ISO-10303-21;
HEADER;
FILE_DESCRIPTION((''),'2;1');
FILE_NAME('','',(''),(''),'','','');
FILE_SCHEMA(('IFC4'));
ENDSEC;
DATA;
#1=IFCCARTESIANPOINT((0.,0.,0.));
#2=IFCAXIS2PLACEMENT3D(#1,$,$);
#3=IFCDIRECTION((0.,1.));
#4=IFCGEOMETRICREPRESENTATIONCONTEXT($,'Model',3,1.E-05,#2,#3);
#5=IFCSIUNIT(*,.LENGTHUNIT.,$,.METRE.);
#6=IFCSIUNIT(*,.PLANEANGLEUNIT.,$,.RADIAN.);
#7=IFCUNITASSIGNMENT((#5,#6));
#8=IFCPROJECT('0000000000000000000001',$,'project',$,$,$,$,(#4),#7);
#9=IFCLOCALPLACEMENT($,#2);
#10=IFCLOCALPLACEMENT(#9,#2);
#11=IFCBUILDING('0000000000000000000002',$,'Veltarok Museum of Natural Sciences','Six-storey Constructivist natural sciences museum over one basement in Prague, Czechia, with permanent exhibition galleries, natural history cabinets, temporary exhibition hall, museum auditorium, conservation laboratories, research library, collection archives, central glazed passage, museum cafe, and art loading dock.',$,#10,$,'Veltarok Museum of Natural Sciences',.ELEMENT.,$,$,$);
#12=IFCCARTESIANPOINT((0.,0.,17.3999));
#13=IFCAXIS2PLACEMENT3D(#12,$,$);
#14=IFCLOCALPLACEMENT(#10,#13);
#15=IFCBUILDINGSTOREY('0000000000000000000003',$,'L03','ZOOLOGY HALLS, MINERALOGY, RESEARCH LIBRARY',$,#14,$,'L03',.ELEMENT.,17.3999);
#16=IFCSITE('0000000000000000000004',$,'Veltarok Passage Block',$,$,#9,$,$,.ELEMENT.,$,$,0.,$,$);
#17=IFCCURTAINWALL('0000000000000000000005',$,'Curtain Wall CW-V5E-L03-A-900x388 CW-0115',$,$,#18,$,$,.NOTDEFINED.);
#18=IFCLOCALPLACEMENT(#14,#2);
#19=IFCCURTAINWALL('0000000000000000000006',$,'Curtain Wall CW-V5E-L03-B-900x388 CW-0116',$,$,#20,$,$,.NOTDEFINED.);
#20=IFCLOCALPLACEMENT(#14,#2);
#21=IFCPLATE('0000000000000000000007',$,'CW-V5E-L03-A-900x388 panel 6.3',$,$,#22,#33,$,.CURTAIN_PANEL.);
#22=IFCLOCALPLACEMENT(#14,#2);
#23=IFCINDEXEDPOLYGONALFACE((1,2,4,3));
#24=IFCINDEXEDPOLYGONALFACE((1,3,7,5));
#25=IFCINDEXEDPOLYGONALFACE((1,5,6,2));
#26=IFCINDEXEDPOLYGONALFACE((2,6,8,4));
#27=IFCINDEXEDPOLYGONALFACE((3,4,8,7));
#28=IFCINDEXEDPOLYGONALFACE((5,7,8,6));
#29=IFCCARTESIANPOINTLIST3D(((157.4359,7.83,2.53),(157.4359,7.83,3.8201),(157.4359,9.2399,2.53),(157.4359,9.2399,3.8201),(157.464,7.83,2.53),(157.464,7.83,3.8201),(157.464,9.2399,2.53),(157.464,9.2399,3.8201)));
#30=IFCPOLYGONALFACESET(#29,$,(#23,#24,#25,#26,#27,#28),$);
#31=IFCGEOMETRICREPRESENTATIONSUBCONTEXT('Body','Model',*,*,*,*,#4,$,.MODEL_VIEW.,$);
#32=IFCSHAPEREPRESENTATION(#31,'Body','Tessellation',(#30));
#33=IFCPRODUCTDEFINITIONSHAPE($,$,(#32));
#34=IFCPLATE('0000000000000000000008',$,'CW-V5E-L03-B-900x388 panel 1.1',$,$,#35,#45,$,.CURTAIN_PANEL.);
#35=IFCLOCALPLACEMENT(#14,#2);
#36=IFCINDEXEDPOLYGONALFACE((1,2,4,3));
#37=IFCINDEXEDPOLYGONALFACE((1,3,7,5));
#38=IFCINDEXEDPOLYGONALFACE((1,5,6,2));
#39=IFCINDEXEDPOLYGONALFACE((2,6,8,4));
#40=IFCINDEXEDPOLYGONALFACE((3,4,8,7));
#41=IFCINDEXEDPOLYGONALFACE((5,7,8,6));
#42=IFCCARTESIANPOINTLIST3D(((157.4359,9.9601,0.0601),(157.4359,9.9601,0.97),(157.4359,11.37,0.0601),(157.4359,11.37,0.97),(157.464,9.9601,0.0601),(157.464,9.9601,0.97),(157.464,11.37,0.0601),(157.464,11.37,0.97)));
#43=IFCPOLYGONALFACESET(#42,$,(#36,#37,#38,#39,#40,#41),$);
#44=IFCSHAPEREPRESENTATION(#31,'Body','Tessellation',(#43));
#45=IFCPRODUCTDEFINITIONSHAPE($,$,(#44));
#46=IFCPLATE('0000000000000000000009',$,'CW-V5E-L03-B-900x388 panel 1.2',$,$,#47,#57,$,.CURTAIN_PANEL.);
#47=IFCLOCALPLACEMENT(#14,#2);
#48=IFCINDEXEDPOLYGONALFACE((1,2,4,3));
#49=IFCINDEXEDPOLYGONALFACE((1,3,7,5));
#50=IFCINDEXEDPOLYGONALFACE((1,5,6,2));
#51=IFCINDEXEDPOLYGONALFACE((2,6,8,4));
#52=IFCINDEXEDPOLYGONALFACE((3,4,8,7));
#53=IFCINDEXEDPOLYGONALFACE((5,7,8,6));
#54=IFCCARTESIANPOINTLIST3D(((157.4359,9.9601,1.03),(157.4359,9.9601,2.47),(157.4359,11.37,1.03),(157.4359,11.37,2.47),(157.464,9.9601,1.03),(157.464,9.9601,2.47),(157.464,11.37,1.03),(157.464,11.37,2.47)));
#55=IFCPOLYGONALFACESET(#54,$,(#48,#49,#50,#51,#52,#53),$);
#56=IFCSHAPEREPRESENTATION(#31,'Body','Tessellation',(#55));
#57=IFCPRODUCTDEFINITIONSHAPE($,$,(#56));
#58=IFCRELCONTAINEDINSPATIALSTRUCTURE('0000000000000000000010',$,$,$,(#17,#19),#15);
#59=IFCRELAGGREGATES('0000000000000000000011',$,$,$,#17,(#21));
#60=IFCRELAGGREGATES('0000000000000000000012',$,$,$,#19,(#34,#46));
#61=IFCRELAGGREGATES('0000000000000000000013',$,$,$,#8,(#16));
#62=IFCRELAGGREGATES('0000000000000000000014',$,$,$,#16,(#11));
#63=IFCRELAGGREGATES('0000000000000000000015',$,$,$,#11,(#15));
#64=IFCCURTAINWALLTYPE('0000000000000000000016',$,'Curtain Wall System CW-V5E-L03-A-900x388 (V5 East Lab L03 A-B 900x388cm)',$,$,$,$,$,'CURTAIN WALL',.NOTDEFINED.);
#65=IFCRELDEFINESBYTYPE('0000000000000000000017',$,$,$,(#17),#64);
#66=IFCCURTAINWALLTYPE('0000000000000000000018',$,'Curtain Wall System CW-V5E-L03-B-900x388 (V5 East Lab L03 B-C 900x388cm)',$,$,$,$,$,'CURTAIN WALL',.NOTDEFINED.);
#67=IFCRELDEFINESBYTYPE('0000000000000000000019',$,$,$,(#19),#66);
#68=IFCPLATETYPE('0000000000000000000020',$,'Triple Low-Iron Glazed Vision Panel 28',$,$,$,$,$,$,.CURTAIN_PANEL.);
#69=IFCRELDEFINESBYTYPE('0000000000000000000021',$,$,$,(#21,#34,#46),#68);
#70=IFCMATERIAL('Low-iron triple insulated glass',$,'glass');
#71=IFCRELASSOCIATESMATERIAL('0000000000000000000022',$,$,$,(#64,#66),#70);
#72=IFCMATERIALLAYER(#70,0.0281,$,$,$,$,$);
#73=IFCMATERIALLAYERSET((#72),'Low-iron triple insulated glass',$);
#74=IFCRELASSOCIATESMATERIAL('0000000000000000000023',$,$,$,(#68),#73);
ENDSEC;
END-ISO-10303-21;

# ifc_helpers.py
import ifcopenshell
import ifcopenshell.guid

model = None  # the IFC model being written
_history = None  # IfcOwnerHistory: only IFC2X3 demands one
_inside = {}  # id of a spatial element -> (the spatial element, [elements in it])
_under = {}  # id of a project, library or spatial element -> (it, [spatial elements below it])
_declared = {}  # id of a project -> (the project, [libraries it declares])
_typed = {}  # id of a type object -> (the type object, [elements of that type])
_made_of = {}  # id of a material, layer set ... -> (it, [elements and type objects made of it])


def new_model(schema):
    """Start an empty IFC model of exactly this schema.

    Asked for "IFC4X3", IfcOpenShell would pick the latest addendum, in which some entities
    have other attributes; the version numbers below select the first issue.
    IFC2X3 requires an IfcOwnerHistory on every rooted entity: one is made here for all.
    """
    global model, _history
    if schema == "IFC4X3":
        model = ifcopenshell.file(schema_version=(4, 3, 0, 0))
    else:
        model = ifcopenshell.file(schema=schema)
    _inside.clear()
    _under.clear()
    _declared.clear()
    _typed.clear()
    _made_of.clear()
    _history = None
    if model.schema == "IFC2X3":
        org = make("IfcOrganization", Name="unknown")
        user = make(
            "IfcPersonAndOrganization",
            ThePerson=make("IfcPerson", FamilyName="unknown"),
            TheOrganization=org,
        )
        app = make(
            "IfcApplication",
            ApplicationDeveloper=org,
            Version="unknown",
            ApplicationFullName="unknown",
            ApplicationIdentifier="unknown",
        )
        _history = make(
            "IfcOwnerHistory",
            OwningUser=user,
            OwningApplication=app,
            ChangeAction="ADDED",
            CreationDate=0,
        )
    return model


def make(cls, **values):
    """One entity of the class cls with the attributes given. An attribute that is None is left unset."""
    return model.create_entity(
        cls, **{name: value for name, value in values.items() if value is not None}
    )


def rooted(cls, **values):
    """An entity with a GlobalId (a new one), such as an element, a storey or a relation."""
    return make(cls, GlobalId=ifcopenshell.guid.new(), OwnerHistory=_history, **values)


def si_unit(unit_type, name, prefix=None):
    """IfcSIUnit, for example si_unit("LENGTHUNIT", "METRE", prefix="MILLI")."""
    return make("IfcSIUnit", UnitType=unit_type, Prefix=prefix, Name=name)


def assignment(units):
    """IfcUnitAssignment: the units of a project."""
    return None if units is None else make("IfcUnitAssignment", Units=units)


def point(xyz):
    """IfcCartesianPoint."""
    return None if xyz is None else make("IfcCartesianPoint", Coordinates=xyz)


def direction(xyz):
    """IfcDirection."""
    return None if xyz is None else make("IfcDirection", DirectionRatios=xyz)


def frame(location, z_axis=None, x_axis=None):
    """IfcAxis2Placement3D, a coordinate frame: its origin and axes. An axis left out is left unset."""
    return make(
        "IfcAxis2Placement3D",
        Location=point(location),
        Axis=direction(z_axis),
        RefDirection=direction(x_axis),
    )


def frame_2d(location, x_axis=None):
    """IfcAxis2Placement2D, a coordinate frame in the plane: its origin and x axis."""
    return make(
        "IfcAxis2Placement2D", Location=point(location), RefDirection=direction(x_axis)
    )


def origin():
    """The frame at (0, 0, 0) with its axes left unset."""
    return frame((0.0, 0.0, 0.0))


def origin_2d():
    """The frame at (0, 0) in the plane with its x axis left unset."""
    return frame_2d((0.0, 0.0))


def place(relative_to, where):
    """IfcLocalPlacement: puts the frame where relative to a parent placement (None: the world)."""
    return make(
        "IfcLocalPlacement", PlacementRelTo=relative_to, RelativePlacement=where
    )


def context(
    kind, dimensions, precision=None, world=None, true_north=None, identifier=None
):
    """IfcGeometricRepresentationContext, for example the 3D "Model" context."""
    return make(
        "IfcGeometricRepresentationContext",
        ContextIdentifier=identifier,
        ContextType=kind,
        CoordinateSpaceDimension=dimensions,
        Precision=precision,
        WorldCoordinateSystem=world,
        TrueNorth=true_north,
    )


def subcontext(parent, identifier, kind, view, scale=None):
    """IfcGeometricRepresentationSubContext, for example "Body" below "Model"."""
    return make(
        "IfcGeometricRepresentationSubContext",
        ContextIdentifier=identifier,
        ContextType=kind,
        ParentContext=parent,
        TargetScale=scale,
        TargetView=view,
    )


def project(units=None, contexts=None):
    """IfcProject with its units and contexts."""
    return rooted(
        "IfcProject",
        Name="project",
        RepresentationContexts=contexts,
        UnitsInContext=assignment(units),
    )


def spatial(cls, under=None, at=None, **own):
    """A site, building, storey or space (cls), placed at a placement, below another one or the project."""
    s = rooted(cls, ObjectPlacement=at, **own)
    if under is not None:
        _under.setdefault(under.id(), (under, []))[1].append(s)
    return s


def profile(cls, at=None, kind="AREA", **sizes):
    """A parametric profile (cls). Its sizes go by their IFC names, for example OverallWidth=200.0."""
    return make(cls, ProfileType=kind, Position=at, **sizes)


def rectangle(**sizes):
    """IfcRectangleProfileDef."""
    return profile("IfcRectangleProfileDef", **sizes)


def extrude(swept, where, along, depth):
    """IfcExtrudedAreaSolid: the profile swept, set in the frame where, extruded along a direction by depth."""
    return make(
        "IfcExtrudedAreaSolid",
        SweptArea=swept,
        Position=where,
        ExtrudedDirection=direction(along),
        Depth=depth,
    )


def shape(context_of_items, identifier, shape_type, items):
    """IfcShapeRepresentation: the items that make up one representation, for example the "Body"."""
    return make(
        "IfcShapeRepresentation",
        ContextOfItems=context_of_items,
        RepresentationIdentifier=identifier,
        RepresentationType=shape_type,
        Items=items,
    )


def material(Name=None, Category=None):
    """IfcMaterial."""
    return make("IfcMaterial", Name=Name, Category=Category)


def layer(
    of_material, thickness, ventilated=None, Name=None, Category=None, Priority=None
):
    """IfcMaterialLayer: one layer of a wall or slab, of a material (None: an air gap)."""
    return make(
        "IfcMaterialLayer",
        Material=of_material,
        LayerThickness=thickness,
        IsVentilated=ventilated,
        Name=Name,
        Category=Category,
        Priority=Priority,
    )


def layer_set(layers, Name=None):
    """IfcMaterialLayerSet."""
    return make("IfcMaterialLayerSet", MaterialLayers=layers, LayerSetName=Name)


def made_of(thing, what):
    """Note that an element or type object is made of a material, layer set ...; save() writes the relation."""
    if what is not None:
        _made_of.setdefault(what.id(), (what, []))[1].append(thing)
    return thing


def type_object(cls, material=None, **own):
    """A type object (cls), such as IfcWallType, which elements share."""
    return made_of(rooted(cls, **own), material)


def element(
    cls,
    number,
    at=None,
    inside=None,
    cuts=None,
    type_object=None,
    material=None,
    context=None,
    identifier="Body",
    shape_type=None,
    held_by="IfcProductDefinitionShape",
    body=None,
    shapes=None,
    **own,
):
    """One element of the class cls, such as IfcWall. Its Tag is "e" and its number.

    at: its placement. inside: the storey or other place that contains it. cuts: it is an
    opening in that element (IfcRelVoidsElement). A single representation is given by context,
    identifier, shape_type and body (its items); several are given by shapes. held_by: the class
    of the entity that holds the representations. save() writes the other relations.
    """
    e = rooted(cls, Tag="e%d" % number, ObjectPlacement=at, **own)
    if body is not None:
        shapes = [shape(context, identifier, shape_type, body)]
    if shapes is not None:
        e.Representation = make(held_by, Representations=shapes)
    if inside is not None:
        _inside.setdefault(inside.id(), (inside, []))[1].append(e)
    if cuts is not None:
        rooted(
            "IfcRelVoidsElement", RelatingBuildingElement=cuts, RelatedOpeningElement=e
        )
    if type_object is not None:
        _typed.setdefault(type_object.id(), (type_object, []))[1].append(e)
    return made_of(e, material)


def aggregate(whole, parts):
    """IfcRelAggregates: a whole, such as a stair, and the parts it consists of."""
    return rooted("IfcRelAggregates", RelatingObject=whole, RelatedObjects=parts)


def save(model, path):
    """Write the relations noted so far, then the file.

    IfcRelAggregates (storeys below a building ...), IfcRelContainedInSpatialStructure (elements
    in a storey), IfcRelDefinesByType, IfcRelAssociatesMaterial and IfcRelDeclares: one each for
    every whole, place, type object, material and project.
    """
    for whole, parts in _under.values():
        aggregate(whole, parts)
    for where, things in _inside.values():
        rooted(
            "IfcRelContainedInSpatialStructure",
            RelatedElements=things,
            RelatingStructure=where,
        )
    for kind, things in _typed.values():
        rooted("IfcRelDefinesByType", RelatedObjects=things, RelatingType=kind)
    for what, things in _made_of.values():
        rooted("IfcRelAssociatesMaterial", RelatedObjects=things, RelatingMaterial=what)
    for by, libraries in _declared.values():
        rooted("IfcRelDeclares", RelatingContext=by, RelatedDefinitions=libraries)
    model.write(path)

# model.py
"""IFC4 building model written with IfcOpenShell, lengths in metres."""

from ifc_helpers import new_model, si_unit, direction, frame, origin, origin_2d, place, context, subcontext, project, spatial, rectangle, extrude, material, layer, layer_set, type_object, element, aggregate, save


model = new_model("IFC4")

# Units and contexts
model_context = context("Model", 3, precision=1e-05, world=origin(), true_north=direction((0.0, 1.0)))
body_context = subcontext(model_context, "Body", "Model", "MODEL_VIEW")
ifc_project = project(units=[si_unit("LENGTHUNIT", "METRE"), si_unit("PLANEANGLEUNIT", "RADIAN")], contexts=[model_context])

# Site, building, storey
site_placement = place(None, origin())
site = spatial("IfcSite", under=ifc_project, at=site_placement, Name="Veltarok Passage Block", CompositionType="ELEMENT", RefElevation=0.0)
building_placement = place(site_placement, origin())
building = spatial("IfcBuilding", under=site, at=building_placement, Name="Veltarok Museum of Natural Sciences", Description="Six-storey Constructivist natural sciences museum over one basement in Prague, Czechia, with permanent exhibition galleries, natural history cabinets, temporary exhibition hall, museum auditorium, conservation laboratories, research library, collection archives, central glazed passage, museum cafe, and art loading dock.", LongName="Veltarok Museum of Natural Sciences", CompositionType="ELEMENT")
storey_placement = place(building_placement, frame((0.0, 0.0, 17.3999)))
storey = spatial("IfcBuildingStorey", under=building, at=storey_placement, Name="L03", Description="ZOOLOGY HALLS, MINERALOGY, RESEARCH LIBRARY", LongName="L03", CompositionType="ELEMENT", Elevation=17.3999)

# Curtain walls
ifc_material_1 = material(Name="Low-iron triple insulated glass", Category="glass")
curtain_wall_type_1 = type_object("IfcCurtainWallType", Name="Curtain Wall System CW-V5E-L03-A-900x388 (V5 East Lab L03 A-B 900x388cm)", ElementType="CURTAIN WALL", PredefinedType="NOTDEFINED", material=ifc_material_1)
curtain_wall_1_placement = place(storey_placement, origin())
curtain_wall_1 = element("IfcCurtainWall", 1, at=curtain_wall_1_placement, inside=storey, type_object=curtain_wall_type_1, Name="Curtain Wall CW-V5E-L03-A-900x388 CW-0115", PredefinedType="NOTDEFINED")
curtain_wall_type_2 = type_object("IfcCurtainWallType", Name="Curtain Wall System CW-V5E-L03-B-900x388 (V5 East Lab L03 B-C 900x388cm)", ElementType="CURTAIN WALL", PredefinedType="NOTDEFINED", material=ifc_material_1)
curtain_wall_2_placement = place(storey_placement, origin())
curtain_wall_2 = element("IfcCurtainWall", 2, at=curtain_wall_2_placement, inside=storey, type_object=curtain_wall_type_2, Name="Curtain Wall CW-V5E-L03-B-900x388 CW-0116", PredefinedType="NOTDEFINED")

# Plates
ifc_layer = layer(ifc_material_1, 0.0281)
ifc_layer_set = layer_set([ifc_layer], Name="Low-iron triple insulated glass")
plate_type = type_object("IfcPlateType", Name="Triple Low-Iron Glazed Vision Panel 28", PredefinedType="CURTAIN_PANEL", material=ifc_layer_set)
plate_1_placement = place(storey_placement, frame((157.45, 8.5349, 2.53), z_axis=(0.0, 0.0, 1.0), x_axis=(0.0, 1.0, 0.0)))
plate_1 = element("IfcPlate", 3, at=plate_1_placement, type_object=plate_type, Name="CW-V5E-L03-A-900x388 panel 6.3", PredefinedType="CURTAIN_PANEL", context=body_context, shape_type="SweptSolid", body=[
    extrude(rectangle(XDim=1.4099, YDim=0.0281, at=origin_2d()), origin(), (0.0, 0.0, 1.0), 1.29),
])
aggregate(curtain_wall_1, [plate_1])
plate_2_placement = place(storey_placement, frame((157.45, 10.665, 0.0601), z_axis=(0.0, 0.0, 1.0), x_axis=(0.0, 1.0, 0.0)))
plate_2 = element("IfcPlate", 4, at=plate_2_placement, type_object=plate_type, Name="CW-V5E-L03-B-900x388 panel 1.1", PredefinedType="CURTAIN_PANEL", context=body_context, shape_type="SweptSolid", body=[
    extrude(rectangle(XDim=1.4099, YDim=0.0281, at=origin_2d()), origin(), (0.0, 0.0, 1.0), 0.9099),
])
plate_3_placement = place(storey_placement, frame((157.45, 10.665, 1.03), z_axis=(0.0, 0.0, 1.0), x_axis=(0.0, 1.0, 0.0)))
plate_3 = element("IfcPlate", 5, at=plate_3_placement, type_object=plate_type, Name="CW-V5E-L03-B-900x388 panel 1.2", PredefinedType="CURTAIN_PANEL", context=body_context, shape_type="SweptSolid", body=[
    extrude(rectangle(XDim=1.4099, YDim=0.0281, at=origin_2d()), origin(), (0.0, 0.0, 1.0), 1.4399),
])
aggregate(curtain_wall_2, [plate_2, plate_3])

save(model, "model.ifc")
